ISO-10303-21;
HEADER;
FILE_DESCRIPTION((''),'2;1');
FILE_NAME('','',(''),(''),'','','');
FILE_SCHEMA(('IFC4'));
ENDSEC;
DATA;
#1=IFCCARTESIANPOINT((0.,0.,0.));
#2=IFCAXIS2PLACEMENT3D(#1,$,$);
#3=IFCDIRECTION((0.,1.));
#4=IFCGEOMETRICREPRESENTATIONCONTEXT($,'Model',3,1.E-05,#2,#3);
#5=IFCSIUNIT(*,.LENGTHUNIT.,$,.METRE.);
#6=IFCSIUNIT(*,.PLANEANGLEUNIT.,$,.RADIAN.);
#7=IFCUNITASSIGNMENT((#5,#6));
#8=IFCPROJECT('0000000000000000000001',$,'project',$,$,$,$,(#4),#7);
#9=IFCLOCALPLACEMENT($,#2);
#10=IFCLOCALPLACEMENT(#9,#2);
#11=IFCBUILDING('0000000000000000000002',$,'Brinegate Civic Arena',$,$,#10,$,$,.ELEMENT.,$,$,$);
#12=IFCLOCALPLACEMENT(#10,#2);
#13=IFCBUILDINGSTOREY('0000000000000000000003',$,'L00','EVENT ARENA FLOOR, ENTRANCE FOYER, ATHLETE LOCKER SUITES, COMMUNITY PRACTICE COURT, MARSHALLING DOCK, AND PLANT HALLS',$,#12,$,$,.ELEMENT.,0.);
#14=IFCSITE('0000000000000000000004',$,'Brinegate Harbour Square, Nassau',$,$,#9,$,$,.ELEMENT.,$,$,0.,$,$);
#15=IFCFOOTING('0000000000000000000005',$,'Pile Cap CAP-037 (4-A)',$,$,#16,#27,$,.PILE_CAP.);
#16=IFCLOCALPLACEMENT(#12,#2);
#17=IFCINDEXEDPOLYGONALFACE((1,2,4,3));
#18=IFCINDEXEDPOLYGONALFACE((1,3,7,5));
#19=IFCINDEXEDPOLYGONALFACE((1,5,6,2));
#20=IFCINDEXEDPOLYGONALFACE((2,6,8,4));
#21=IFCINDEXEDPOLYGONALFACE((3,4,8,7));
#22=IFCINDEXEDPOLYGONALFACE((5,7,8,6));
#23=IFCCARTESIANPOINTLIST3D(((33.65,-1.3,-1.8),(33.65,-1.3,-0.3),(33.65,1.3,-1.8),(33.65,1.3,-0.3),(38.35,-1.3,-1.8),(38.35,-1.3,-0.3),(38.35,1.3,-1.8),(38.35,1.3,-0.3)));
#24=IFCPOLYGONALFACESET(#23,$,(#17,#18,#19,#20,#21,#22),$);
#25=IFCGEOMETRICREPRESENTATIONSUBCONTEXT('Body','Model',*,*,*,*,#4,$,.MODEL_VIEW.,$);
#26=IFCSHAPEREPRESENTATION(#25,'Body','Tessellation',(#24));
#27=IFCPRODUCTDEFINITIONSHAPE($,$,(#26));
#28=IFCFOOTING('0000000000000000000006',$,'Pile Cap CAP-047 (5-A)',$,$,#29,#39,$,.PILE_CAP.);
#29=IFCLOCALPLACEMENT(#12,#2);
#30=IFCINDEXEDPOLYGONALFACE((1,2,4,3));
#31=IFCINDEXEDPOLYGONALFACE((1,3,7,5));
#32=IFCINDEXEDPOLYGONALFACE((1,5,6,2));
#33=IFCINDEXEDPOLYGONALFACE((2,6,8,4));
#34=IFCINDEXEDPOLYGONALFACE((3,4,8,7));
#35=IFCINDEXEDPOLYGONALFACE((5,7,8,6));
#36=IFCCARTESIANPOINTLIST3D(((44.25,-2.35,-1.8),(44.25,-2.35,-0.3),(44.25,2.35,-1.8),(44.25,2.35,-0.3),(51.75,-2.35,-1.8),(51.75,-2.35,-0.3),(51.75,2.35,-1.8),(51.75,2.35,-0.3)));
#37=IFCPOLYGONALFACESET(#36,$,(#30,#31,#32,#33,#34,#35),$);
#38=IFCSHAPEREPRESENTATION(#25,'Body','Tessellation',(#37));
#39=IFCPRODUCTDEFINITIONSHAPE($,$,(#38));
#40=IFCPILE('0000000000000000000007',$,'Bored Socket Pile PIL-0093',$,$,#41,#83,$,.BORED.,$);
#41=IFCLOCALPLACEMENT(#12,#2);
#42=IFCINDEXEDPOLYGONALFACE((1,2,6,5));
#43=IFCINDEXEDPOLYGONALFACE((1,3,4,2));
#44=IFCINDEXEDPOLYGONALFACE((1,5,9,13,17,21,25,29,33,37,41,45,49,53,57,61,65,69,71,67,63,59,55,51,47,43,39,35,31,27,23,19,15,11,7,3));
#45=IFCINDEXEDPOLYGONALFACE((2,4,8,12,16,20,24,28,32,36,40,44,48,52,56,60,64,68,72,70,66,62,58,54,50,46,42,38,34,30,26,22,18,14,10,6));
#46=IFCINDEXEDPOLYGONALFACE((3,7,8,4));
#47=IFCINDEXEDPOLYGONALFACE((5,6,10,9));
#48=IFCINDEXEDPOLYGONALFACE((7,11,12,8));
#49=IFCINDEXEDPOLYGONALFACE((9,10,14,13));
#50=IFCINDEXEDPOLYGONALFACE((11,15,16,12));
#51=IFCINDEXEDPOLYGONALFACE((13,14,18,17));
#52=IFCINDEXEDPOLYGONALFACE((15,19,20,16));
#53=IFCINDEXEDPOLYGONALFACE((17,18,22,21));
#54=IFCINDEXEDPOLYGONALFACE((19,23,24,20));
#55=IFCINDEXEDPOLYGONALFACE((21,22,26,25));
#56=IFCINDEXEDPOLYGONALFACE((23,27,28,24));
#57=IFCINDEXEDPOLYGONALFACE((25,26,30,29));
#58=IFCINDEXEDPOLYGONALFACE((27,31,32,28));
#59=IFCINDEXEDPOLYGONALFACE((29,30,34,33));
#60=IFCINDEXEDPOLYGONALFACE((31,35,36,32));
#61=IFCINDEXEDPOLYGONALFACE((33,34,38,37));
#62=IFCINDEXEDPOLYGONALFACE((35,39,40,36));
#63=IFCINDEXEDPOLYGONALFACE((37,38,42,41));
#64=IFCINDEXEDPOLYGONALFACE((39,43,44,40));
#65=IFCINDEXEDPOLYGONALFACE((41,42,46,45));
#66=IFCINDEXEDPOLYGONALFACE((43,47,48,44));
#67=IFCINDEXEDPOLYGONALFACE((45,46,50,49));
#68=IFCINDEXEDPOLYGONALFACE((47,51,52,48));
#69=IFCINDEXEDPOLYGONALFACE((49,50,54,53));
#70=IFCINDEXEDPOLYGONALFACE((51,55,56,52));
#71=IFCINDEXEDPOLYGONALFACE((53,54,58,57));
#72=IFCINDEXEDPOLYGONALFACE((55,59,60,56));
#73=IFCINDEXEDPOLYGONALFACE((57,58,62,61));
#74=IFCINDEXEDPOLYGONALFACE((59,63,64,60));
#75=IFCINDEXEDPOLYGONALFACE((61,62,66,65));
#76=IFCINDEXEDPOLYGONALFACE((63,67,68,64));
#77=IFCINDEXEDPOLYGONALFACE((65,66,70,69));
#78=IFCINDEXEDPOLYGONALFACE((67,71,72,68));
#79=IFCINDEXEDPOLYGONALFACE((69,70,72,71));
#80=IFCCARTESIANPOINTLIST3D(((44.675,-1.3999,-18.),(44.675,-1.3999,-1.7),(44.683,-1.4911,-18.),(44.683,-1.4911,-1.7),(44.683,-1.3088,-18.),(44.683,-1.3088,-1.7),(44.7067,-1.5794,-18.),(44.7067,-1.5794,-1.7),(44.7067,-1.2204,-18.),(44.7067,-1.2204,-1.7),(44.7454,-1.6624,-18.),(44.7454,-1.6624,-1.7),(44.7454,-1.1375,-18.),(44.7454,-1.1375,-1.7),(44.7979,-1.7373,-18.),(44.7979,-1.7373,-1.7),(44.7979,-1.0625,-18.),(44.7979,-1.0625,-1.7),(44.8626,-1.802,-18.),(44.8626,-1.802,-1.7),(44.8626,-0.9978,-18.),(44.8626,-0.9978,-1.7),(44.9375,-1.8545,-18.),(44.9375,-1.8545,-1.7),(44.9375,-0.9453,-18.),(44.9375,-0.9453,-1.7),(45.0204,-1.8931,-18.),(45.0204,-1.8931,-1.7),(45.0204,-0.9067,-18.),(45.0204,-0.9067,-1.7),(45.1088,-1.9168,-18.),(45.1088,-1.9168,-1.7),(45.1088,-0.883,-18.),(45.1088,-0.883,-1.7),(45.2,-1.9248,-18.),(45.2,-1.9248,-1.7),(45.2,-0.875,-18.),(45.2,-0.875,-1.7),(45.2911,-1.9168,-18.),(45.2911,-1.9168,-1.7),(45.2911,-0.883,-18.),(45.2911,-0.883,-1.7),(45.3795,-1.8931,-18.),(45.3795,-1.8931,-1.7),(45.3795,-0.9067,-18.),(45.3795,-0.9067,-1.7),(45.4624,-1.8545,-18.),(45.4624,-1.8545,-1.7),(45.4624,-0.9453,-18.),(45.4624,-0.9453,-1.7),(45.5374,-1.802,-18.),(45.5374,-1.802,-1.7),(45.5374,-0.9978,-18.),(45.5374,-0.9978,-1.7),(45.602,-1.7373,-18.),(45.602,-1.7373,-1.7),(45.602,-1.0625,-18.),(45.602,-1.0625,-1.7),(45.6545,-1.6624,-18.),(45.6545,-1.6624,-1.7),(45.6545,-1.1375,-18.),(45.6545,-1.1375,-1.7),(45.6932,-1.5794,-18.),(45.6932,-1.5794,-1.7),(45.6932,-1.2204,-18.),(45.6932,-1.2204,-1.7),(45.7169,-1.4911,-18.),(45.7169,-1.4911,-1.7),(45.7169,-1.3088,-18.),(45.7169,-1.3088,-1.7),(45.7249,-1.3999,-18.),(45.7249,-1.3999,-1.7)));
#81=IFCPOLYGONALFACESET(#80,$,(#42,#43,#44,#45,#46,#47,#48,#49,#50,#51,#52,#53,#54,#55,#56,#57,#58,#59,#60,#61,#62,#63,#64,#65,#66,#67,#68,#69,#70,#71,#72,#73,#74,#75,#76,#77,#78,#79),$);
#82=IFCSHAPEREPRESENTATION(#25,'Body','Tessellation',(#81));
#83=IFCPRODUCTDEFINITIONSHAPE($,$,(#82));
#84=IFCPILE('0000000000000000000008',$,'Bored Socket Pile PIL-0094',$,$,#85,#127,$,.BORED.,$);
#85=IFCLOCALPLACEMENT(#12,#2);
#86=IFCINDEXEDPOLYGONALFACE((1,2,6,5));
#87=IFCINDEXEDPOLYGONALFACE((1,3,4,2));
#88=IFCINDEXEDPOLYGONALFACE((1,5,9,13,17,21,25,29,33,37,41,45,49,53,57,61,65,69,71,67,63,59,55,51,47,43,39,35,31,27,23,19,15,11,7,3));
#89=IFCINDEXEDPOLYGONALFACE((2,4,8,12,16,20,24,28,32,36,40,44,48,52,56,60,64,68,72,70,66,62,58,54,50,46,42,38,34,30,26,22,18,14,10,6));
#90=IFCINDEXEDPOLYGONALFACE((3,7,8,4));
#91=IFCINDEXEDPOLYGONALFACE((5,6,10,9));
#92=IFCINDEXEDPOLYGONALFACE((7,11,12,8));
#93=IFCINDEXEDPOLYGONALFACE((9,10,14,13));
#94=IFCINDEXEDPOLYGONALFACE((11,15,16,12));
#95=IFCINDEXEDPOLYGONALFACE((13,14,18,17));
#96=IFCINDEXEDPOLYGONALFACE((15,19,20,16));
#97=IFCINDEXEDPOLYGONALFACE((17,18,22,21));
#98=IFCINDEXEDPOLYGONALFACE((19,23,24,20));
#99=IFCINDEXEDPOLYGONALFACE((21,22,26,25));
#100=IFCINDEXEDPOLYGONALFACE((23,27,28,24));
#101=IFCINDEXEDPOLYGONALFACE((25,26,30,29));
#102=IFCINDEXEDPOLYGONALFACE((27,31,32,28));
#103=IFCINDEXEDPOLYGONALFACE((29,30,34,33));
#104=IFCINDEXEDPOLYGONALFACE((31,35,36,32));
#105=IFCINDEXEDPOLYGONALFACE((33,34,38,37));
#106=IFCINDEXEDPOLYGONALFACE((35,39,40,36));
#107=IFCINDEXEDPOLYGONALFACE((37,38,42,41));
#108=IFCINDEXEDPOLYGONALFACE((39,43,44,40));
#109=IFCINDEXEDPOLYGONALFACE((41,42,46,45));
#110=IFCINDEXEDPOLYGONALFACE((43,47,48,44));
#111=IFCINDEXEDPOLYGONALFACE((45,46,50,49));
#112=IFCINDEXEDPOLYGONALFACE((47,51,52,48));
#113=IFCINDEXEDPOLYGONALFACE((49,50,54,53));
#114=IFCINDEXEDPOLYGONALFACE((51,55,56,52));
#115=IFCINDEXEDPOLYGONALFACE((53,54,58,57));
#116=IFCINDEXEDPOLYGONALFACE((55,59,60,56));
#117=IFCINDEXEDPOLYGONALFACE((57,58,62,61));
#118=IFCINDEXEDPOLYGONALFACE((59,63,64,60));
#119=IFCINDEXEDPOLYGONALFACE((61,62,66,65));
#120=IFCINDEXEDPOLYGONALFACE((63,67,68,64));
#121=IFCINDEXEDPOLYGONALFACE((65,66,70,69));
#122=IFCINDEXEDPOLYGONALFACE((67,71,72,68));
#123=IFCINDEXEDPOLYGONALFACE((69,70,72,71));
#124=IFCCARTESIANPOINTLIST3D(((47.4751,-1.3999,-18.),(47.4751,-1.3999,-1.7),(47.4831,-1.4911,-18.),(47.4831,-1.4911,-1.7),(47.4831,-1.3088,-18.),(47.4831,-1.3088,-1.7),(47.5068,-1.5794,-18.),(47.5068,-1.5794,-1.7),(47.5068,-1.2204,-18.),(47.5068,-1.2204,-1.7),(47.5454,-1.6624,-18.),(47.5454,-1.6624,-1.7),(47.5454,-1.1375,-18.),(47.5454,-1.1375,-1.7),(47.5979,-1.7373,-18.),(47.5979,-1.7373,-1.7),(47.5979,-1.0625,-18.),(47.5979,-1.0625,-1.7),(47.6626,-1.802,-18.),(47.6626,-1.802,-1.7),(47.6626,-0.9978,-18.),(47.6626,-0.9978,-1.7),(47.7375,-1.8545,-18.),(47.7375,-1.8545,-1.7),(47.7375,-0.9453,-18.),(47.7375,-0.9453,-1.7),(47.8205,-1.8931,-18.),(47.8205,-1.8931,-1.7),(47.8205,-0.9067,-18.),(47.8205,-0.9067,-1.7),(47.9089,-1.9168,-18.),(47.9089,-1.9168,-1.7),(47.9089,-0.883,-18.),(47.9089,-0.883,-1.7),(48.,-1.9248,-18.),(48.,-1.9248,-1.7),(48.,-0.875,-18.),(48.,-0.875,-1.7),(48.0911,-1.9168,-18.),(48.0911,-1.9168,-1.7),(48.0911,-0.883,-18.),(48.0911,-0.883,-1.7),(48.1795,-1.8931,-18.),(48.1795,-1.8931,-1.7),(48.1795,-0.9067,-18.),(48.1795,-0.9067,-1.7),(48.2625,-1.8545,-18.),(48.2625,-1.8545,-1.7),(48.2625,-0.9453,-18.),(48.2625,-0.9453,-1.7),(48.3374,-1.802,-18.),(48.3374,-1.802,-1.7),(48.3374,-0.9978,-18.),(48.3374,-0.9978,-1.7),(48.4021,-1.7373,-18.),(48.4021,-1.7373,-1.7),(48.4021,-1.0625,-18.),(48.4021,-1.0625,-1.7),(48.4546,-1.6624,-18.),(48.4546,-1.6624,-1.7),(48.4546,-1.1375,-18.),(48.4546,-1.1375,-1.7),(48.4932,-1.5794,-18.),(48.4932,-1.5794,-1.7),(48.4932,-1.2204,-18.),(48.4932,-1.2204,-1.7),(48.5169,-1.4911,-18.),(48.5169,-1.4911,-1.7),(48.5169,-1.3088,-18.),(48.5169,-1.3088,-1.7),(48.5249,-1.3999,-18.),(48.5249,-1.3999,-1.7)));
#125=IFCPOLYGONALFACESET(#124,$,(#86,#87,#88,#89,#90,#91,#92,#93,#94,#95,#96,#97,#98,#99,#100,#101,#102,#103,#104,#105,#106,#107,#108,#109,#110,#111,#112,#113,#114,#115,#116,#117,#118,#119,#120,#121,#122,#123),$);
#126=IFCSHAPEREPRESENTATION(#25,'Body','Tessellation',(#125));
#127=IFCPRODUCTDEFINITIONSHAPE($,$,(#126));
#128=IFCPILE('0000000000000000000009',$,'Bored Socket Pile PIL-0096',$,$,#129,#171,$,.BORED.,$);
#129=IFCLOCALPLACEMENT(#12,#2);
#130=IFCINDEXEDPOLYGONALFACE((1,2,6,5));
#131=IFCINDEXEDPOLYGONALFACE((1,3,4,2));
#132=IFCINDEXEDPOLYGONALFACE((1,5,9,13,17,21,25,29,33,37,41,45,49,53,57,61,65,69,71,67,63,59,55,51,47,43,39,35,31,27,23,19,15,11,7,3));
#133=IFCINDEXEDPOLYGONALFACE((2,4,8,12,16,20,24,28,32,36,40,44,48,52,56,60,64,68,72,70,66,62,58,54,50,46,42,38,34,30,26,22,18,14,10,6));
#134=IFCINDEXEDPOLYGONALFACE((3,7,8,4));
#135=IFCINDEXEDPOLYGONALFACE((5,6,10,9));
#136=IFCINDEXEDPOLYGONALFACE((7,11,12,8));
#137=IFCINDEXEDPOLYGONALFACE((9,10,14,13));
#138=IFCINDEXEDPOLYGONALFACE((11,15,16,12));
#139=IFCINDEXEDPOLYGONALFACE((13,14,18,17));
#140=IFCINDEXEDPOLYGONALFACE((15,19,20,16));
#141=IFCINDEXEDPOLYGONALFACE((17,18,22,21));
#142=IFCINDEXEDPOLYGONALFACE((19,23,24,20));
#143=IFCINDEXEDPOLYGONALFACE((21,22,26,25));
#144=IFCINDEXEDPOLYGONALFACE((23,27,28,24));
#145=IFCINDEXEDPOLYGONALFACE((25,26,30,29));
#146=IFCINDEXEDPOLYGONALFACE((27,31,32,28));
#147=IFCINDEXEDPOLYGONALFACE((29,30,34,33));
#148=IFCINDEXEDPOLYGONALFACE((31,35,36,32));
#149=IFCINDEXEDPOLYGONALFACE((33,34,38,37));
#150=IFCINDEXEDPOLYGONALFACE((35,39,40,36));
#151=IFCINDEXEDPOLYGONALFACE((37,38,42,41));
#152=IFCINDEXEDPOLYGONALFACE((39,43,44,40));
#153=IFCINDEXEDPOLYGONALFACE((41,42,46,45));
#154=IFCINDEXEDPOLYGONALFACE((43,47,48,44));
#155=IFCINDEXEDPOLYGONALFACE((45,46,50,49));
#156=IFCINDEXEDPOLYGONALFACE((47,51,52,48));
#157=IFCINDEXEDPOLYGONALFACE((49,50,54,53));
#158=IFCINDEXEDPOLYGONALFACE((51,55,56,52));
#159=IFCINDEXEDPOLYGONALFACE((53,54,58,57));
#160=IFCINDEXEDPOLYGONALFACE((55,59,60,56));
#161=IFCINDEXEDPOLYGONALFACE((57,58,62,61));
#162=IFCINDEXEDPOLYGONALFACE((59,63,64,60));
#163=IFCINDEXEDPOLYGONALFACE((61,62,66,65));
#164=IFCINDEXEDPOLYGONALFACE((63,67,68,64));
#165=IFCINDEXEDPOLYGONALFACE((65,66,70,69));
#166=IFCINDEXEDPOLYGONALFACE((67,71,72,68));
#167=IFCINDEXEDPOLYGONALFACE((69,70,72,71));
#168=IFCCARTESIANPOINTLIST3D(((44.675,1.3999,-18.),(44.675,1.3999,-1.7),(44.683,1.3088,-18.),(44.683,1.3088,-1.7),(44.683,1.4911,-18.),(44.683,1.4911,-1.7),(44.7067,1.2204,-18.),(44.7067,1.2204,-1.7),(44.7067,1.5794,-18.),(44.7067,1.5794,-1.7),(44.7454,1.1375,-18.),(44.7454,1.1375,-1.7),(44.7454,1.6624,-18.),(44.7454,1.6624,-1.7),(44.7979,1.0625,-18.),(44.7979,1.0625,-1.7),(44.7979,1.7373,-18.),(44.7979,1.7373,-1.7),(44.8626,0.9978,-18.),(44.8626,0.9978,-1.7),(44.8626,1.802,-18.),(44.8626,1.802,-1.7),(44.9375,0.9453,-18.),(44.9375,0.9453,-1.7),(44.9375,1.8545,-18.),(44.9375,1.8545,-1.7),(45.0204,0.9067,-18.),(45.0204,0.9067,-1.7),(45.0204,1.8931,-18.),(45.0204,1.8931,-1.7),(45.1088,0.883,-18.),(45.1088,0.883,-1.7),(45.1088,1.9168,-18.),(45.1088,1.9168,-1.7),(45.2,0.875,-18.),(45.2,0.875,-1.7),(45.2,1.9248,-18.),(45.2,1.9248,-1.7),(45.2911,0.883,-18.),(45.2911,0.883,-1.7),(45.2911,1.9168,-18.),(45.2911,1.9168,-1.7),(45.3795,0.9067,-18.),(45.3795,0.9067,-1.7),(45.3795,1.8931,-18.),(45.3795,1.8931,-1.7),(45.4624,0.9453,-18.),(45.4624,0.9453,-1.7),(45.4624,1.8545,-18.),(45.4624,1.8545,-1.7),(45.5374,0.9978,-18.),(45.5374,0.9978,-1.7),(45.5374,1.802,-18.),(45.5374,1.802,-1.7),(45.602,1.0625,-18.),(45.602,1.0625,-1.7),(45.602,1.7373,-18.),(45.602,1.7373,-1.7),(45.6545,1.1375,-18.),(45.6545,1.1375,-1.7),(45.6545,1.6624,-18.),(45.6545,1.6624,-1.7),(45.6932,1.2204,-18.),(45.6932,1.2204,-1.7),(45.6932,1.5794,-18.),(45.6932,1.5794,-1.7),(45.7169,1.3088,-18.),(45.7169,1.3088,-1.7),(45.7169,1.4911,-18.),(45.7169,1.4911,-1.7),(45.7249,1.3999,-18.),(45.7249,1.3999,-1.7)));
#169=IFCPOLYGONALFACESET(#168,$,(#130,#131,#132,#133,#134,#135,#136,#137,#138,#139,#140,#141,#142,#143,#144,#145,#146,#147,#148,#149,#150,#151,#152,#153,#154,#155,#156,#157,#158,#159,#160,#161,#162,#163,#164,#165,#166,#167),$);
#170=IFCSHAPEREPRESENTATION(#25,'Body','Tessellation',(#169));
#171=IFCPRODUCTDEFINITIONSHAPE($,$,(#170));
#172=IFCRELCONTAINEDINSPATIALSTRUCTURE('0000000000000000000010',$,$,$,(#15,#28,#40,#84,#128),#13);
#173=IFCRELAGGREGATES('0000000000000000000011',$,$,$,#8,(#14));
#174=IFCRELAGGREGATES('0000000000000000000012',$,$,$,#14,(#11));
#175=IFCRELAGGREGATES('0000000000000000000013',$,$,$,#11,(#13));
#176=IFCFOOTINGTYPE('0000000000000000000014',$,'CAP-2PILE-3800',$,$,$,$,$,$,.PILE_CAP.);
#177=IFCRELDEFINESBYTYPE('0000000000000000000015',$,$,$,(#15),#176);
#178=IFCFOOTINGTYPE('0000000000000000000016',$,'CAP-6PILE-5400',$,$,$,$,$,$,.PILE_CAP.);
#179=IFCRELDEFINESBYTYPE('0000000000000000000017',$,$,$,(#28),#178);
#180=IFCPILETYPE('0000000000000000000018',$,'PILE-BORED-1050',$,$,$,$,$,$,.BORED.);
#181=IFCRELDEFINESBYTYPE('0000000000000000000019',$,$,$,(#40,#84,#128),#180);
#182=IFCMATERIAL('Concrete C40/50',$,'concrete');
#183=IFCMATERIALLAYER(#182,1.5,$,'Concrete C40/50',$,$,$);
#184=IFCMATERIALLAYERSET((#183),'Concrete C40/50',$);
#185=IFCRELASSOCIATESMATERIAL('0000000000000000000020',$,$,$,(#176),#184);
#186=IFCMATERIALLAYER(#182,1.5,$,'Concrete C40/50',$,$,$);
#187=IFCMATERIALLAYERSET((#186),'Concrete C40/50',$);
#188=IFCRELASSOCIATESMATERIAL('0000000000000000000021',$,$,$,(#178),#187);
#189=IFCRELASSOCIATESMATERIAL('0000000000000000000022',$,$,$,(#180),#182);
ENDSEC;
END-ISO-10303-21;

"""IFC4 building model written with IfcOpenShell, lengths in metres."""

from ifc_helpers import new_model, si_unit, direction, frame, origin, origin_2d, place, context, subcontext, project, spatial, rectangle, circle, extrude, material, layer, layer_set, material_profile, profile_set, type_object, element, save


model = new_model("IFC4")

# Units and contexts
model_context = context("Model", 3, precision=1e-05, world=origin(), true_north=direction((0.0, 1.0)))
body_context = subcontext(model_context, "Body", "Model", "MODEL_VIEW")
ifc_project = project(units=[si_unit("LENGTHUNIT", "METRE"), si_unit("PLANEANGLEUNIT", "RADIAN")], contexts=[model_context])

# Site, building, storey
site_placement = place(None, origin())
site = spatial("IfcSite", under=ifc_project, at=site_placement, Name="Brinegate Harbour Square, Nassau", CompositionType="ELEMENT", RefElevation=0.0)
building_placement = place(site_placement, origin())
building = spatial("IfcBuilding", under=site, at=building_placement, Name="Brinegate Civic Arena", CompositionType="ELEMENT")
storey_placement = place(building_placement, origin())
storey = spatial("IfcBuildingStorey", under=building, at=storey_placement, Name="L00", Description="EVENT ARENA FLOOR, ENTRANCE FOYER, ATHLETE LOCKER SUITES, COMMUNITY PRACTICE COURT, MARSHALLING DOCK, AND PLANT HALLS", CompositionType="ELEMENT", Elevation=0.0)

# Footings
ifc_material_1 = material(Name="Concrete C40/50", Category="concrete")
ifc_layer_1 = layer(ifc_material_1, 1.5, Name="Concrete C40/50")
ifc_layer_set_1 = layer_set([ifc_layer_1], Name="Concrete C40/50")
footing_type_1 = type_object("IfcFootingType", Name="CAP-2PILE-3800", PredefinedType="PILE_CAP", material=ifc_layer_set_1)
footing_1_placement = place(storey_placement, frame((36.0, 0.0, -1.8), z_axis=(0.0, 0.0, 1.0), x_axis=(1.0, 0.0, 0.0)))
element("IfcFooting", 1, at=footing_1_placement, inside=storey, type_object=footing_type_1, Name="Pile Cap CAP-037 (4-A)", PredefinedType="PILE_CAP", context=body_context, shape_type="SweptSolid", body=[
    extrude(rectangle(XDim=4.7, YDim=2.6001, at=origin_2d()), origin(), (0.0, 0.0, 1.0), 1.5),
])
ifc_layer_2 = layer(ifc_material_1, 1.5, Name="Concrete C40/50")
ifc_layer_set_2 = layer_set([ifc_layer_2], Name="Concrete C40/50")
footing_type_2 = type_object("IfcFootingType", Name="CAP-6PILE-5400", PredefinedType="PILE_CAP", material=ifc_layer_set_2)
footing_2_placement = place(storey_placement, frame((48.0, 0.0, -1.8), z_axis=(0.0, 0.0, 1.0), x_axis=(1.0, 0.0, 0.0)))
element("IfcFooting", 2, at=footing_2_placement, inside=storey, type_object=footing_type_2, Name="Pile Cap CAP-047 (5-A)", PredefinedType="PILE_CAP", context=body_context, shape_type="SweptSolid", body=[
    extrude(rectangle(XDim=7.5, YDim=4.7, at=origin_2d()), origin(), (0.0, 0.0, 1.0), 1.5),
])

# Piles
ifc_material_profile_1 = material_profile(ifc_material_1, circle(Radius=0.5249, at=origin_2d()), Name="PILED1050")
ifc_profile_set_1 = profile_set([ifc_material_profile_1], Name="Concrete C40/50")
pile_type_1 = type_object("IfcPileType", Name="PILE-BORED-1050", PredefinedType="BORED", material=ifc_profile_set_1)
for number, where, z_axis, x_axis, name in (
    (3, (45.2, -1.3999, -1.7), (0.0, 0.0, -1.0), (1.0, 0.0, 0.0), "Bored Socket Pile PIL-0093"),
    (4, (48.0, -1.3999, -1.7), (0.0, 0.0, -1.0), (1.0, 0.0, 0.0), "Bored Socket Pile PIL-0094"),
    (5, (45.2, 1.3999, -1.7), (0.0, 0.0, -1.0), (1.0, 0.0, 0.0), "Bored Socket Pile PIL-0096"),
):
    element("IfcPile", number, at=place(storey_placement, frame(where, z_axis=z_axis, x_axis=x_axis)), inside=storey, type_object=pile_type_1, Name=name, PredefinedType="BORED", context=body_context, shape_type="SweptSolid", body=[
        extrude(circle(Radius=0.5249, at=origin_2d()), origin(), (0.0, 0.0, 1.0), 16.3),
    ])

save(model, "model.ifc")
